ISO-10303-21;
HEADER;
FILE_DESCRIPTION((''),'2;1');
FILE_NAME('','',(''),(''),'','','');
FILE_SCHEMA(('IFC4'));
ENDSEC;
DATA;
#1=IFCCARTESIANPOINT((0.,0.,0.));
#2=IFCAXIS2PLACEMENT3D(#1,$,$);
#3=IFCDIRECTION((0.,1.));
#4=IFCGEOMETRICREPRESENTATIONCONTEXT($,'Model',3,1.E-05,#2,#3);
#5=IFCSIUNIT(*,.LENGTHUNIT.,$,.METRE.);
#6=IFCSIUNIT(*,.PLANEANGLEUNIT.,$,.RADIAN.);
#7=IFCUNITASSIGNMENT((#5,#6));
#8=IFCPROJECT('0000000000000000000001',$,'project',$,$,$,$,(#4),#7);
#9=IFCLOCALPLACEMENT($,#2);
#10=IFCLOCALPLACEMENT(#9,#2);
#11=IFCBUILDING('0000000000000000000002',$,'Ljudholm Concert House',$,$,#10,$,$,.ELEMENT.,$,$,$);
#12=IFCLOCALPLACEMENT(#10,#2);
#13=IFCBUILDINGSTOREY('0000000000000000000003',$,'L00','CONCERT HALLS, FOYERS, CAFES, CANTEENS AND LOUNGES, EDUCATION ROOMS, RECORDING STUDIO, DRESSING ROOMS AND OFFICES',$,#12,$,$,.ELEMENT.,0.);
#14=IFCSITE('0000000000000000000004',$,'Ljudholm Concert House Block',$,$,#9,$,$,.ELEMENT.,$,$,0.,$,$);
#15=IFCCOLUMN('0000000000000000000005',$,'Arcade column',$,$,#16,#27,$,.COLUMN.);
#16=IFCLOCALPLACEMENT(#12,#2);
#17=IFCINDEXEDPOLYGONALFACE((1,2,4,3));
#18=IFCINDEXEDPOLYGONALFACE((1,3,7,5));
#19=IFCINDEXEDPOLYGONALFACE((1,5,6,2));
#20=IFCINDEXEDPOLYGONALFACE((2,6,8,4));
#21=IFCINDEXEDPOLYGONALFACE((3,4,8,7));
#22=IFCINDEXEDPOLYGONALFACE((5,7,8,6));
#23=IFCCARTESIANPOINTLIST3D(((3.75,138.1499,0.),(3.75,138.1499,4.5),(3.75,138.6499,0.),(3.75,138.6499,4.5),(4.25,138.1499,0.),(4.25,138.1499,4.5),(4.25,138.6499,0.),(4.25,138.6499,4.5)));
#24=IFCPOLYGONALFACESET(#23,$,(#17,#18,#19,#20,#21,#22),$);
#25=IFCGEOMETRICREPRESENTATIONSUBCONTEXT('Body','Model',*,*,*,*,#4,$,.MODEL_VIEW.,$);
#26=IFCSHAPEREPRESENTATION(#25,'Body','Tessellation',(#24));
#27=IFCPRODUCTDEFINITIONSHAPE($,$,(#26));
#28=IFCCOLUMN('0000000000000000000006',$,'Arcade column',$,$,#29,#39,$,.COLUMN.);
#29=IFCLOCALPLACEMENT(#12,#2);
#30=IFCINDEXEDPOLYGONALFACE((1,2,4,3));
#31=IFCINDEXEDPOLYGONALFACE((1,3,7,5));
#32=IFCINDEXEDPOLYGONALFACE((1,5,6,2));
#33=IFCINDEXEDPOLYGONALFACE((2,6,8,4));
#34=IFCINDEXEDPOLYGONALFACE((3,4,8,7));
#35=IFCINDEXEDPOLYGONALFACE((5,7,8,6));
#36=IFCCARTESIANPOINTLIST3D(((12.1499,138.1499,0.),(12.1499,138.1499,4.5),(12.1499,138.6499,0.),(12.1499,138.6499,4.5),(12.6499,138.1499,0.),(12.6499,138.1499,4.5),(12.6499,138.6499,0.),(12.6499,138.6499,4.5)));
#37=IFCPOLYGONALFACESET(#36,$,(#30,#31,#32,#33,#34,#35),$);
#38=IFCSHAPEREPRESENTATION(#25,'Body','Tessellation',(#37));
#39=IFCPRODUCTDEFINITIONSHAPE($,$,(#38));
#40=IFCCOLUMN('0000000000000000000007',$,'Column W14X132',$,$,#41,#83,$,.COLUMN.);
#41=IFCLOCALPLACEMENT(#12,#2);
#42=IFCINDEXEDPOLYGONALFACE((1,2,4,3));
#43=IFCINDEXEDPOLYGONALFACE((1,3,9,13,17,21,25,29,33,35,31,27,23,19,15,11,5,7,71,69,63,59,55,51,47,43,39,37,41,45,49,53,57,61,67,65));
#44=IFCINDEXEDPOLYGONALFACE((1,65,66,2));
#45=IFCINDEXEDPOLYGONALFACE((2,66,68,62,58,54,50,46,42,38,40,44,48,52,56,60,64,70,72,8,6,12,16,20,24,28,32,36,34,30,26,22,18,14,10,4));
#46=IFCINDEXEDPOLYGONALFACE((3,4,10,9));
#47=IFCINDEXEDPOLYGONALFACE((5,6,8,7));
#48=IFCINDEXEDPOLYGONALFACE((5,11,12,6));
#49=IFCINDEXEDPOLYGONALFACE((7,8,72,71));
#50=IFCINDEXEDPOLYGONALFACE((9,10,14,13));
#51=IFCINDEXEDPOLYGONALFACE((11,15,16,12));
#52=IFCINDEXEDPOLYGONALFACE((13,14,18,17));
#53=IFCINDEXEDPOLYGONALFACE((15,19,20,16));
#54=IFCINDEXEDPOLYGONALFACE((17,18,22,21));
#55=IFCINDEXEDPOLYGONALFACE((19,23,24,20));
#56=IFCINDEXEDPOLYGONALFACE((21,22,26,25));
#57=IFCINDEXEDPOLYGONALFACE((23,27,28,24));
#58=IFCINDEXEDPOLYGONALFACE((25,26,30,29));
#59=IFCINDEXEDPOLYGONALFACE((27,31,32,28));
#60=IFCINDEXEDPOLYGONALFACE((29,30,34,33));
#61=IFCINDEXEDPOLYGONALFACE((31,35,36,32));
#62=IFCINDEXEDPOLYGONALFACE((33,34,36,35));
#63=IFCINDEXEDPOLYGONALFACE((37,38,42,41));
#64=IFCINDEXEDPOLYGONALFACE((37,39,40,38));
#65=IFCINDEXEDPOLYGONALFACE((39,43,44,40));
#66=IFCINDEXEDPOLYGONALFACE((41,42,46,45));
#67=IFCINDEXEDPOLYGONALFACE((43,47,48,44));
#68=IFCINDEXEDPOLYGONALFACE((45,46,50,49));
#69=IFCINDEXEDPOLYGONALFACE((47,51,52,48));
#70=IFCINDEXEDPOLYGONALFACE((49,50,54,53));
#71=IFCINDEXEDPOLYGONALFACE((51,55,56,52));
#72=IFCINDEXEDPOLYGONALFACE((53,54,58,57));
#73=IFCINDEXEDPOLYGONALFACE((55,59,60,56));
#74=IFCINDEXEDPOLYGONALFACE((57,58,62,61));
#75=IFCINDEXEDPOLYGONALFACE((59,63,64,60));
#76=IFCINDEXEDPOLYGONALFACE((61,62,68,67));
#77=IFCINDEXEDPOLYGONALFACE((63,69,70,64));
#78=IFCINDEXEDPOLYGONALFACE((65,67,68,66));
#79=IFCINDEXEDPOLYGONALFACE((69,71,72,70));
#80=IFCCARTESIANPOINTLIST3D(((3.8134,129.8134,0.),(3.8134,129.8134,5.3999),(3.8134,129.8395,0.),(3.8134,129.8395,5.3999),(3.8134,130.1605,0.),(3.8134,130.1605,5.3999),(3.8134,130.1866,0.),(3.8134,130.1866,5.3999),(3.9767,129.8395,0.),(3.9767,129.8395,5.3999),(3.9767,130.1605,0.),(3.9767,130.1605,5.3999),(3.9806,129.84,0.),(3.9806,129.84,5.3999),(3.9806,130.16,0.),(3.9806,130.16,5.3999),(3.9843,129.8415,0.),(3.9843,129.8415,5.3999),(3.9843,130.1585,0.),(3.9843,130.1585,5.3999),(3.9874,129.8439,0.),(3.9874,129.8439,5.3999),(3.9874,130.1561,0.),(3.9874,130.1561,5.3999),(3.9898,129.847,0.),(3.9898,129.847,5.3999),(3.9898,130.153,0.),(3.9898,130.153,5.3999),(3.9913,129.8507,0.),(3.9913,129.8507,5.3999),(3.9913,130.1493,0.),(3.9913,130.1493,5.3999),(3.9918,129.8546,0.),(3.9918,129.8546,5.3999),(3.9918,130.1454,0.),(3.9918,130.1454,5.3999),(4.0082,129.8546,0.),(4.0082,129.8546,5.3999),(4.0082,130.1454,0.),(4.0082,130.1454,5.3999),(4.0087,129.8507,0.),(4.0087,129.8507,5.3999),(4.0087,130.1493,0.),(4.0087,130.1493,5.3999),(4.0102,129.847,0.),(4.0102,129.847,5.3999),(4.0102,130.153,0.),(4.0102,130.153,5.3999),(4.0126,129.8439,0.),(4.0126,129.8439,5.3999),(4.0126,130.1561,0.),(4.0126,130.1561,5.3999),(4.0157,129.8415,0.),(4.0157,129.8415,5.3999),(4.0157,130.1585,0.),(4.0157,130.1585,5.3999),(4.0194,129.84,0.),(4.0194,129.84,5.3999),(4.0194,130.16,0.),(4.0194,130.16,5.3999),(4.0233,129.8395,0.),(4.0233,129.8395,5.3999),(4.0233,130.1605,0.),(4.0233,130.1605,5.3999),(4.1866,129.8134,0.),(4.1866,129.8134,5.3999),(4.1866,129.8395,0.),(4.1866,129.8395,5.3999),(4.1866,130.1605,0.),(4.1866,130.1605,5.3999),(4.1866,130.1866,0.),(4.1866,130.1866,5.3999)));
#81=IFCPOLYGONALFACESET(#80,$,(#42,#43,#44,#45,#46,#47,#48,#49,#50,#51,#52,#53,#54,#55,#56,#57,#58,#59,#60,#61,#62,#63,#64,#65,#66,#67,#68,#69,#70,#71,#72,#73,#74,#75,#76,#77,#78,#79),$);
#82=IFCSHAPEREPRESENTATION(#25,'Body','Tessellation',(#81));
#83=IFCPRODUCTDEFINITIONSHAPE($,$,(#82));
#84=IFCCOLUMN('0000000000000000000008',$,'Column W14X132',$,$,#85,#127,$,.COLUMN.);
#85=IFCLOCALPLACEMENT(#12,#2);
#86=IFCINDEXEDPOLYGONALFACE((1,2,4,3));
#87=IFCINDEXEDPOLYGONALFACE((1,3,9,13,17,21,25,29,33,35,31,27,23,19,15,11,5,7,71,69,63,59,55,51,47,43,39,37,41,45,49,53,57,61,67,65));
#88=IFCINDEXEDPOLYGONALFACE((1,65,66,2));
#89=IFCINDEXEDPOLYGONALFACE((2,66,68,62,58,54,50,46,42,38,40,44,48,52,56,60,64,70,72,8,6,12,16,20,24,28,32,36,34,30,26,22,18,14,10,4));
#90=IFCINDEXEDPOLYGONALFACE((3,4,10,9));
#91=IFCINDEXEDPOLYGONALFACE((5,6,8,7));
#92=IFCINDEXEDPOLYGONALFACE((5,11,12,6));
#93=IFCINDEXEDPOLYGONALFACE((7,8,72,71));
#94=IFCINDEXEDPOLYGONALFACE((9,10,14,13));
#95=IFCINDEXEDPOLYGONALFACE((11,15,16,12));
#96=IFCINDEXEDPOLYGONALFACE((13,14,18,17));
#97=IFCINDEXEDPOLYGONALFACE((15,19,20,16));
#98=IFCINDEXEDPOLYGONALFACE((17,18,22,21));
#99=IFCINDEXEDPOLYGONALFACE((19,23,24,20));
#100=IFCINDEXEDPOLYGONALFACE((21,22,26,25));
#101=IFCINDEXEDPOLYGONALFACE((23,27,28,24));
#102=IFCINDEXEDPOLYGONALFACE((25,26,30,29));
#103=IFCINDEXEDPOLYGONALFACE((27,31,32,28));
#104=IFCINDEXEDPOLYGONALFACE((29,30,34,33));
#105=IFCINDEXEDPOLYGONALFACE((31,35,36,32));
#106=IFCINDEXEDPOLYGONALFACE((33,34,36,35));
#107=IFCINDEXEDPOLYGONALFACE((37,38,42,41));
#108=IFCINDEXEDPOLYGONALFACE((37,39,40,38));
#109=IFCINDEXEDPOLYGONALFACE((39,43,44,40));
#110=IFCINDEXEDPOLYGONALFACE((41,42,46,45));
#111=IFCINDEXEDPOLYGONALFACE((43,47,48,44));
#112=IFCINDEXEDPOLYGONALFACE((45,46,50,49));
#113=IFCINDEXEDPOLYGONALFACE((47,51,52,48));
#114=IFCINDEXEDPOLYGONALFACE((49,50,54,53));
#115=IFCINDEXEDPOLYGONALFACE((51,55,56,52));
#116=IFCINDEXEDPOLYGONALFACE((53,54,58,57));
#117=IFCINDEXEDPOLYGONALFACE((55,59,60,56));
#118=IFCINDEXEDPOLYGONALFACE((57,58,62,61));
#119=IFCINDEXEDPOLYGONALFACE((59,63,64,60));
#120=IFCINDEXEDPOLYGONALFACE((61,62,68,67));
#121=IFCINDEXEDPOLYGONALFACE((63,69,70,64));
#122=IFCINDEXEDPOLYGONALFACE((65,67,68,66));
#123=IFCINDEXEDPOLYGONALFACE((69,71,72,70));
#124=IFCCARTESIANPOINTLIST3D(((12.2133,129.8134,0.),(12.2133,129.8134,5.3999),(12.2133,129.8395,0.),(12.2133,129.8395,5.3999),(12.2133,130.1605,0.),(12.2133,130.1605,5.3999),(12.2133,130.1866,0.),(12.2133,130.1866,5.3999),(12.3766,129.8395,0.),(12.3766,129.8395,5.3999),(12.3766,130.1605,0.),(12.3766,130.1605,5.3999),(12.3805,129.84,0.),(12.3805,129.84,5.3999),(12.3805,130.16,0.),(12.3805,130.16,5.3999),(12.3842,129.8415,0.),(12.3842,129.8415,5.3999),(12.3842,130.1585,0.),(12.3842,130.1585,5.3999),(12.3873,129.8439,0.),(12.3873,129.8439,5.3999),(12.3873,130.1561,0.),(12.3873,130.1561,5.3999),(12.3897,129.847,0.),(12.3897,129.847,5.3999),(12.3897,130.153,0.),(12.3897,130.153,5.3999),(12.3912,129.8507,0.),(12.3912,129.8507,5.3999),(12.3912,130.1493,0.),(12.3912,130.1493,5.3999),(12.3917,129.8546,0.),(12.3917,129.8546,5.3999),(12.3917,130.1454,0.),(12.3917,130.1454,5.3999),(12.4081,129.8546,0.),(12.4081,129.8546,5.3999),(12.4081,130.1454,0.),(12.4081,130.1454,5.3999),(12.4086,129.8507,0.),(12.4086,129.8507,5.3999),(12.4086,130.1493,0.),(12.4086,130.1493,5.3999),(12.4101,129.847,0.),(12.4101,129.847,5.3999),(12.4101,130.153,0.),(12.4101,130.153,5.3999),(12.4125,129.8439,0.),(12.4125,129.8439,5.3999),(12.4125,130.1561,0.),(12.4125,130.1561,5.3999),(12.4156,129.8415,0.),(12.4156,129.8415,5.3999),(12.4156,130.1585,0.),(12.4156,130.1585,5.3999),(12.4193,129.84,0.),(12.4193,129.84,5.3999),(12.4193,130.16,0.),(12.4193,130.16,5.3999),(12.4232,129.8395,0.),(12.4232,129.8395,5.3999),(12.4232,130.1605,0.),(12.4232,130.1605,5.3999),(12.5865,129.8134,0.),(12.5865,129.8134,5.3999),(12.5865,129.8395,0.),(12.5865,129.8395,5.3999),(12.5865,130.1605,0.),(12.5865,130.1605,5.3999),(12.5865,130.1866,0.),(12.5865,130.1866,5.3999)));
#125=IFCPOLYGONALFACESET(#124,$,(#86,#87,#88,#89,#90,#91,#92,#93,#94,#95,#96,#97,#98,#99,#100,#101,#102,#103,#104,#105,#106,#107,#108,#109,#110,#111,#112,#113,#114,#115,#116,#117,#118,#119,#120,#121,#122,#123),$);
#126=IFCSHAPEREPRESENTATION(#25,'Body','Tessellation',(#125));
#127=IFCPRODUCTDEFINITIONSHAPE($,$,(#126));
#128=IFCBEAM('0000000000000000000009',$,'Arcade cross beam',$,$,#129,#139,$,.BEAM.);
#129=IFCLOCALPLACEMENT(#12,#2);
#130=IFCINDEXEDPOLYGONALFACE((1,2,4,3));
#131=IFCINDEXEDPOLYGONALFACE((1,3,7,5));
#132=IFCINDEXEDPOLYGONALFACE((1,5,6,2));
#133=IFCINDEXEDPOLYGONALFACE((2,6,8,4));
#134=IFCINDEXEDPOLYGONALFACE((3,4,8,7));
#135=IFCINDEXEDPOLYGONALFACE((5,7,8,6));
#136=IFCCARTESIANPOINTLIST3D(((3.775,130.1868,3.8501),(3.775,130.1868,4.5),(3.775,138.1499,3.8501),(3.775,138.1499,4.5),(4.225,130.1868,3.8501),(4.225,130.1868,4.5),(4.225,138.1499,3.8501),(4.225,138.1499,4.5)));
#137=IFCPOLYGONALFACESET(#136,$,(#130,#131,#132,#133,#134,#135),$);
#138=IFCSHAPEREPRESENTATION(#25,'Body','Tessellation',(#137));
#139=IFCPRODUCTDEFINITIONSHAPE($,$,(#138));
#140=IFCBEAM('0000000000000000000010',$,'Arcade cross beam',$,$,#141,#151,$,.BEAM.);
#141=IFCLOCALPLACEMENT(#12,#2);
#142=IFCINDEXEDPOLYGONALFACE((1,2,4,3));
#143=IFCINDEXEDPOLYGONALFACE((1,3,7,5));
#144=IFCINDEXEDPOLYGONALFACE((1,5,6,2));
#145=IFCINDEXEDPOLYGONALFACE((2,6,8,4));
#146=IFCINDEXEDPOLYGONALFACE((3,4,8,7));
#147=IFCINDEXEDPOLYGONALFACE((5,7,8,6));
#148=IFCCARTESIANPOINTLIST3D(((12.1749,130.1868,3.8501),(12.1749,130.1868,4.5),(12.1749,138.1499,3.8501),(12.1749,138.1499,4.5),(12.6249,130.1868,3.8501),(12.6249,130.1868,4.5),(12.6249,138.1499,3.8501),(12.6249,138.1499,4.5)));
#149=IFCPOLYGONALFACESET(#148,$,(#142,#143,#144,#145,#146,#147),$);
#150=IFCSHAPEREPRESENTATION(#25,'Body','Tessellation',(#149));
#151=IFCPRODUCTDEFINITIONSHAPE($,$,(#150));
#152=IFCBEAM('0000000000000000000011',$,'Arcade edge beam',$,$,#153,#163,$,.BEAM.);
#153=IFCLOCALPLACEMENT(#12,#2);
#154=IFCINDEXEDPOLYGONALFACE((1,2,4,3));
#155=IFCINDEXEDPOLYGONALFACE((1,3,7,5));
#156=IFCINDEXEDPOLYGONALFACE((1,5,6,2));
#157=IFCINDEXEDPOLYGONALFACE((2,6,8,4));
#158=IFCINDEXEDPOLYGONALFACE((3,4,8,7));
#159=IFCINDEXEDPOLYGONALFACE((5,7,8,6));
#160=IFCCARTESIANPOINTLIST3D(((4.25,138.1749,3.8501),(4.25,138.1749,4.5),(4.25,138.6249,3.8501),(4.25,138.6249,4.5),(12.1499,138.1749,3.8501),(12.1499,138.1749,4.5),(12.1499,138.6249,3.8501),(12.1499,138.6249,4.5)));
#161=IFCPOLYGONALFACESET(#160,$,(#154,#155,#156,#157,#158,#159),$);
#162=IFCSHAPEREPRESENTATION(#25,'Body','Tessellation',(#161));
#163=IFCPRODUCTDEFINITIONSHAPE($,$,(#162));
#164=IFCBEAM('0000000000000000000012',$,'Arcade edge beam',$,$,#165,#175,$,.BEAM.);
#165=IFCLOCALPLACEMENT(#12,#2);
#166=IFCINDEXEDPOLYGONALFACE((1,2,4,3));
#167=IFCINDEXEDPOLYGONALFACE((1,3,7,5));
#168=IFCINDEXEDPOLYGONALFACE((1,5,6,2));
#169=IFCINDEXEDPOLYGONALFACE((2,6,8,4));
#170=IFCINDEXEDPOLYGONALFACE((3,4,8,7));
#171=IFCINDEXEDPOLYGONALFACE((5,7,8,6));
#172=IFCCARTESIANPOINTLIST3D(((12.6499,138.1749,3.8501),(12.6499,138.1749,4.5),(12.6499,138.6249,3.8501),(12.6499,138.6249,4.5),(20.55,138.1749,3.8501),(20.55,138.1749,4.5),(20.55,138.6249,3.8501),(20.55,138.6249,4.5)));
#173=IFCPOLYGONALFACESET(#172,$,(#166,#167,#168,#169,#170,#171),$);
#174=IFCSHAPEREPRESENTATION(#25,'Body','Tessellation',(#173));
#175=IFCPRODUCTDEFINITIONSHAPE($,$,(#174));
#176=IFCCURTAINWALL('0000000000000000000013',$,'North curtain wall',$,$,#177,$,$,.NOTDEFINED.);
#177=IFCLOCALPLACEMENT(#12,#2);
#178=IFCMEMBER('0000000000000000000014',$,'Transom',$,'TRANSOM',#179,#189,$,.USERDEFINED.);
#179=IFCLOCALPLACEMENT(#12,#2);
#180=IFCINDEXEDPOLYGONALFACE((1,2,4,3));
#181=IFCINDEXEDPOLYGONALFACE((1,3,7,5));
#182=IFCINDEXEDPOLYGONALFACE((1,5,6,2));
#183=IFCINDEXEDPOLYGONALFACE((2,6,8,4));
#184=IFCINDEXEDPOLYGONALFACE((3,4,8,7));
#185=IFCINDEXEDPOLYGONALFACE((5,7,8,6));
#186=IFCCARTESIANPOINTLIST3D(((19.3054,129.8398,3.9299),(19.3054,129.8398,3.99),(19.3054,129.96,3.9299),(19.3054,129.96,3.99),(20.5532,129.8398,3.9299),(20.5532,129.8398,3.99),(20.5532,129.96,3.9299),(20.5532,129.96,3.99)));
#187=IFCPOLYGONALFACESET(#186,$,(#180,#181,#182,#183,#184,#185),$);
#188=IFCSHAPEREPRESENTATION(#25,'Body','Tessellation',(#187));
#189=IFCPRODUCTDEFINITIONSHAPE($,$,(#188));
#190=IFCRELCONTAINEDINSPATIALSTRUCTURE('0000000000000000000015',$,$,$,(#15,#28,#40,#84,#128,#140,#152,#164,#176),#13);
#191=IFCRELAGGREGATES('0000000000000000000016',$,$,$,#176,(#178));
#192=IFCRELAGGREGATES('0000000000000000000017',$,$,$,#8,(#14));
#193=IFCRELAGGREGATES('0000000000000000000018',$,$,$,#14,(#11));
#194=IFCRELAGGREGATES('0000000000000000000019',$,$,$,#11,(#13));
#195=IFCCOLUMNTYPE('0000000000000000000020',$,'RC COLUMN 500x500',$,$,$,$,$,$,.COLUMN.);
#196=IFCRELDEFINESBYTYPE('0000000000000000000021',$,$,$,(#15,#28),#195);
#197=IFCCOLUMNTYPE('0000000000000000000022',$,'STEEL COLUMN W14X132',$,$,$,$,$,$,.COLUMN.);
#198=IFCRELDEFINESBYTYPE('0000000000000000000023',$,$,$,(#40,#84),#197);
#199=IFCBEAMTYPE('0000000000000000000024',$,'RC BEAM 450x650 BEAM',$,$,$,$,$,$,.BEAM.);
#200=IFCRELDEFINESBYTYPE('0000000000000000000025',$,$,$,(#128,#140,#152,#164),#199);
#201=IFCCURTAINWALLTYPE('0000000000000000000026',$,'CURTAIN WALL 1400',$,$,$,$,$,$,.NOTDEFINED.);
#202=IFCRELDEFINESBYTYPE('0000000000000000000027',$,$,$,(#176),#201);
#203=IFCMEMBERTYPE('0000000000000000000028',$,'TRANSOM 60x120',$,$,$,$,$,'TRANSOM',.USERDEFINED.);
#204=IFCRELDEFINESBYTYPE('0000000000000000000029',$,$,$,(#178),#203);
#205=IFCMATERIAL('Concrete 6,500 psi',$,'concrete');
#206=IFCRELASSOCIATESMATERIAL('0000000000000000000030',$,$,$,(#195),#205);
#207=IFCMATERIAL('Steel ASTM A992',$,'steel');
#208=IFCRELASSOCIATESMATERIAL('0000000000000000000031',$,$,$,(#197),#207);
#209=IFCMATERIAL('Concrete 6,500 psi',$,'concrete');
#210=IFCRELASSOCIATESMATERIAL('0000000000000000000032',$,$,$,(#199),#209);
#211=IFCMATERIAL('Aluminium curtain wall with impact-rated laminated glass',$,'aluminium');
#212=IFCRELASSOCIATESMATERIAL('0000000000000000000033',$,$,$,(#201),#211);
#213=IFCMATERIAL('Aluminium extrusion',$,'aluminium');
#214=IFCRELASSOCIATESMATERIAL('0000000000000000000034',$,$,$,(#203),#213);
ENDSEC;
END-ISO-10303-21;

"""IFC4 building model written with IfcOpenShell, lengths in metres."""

from ifc_helpers import new_model, si_unit, direction, frame, origin, origin_2d, place, context, subcontext, project, spatial, rectangle, i_section, extrude, material, material_profile, profile_set, type_object, element, aggregate, save


model = new_model("IFC4")

# Units and contexts
model_context = context("Model", 3, precision=1e-05, world=origin(), true_north=direction((0.0, 1.0)))
body_context = subcontext(model_context, "Body", "Model", "MODEL_VIEW")
ifc_project = project(units=[si_unit("LENGTHUNIT", "METRE"), si_unit("PLANEANGLEUNIT", "RADIAN")], contexts=[model_context])

# Site, building, storey
site_placement = place(None, origin())
site = spatial("IfcSite", under=ifc_project, at=site_placement, Name="Ljudholm Concert House Block", CompositionType="ELEMENT", RefElevation=0.0)
building_placement = place(site_placement, origin())
building = spatial("IfcBuilding", under=site, at=building_placement, Name="Ljudholm Concert House", CompositionType="ELEMENT")
storey_placement = place(building_placement, origin())
storey = spatial("IfcBuildingStorey", under=building, at=storey_placement, Name="L00", Description="CONCERT HALLS, FOYERS, CAFES, CANTEENS AND LOUNGES, EDUCATION ROOMS, RECORDING STUDIO, DRESSING ROOMS AND OFFICES", CompositionType="ELEMENT", Elevation=0.0)

# Columns
ifc_material_1 = material(Name="Concrete 6,500 psi", Category="concrete")
ifc_material_profile_1 = material_profile(ifc_material_1, rectangle(XDim=0.5, YDim=0.5, at=origin_2d()), Name="RC COLUMN 500x500")
ifc_profile_set_1 = profile_set([ifc_material_profile_1], Name="Concrete 6,500 psi")
column_type_1 = type_object("IfcColumnType", Name="RC COLUMN 500x500", PredefinedType="COLUMN", material=ifc_profile_set_1)
for number, where, z_axis, x_axis, name in (
    (1, (4.0, 138.3999, 0.0), (0.0, 0.0, 1.0), (1.0, 0.0, 0.0), "Arcade column"),
    (2, (12.3999, 138.3999, 0.0), (0.0, 0.0, 1.0), (1.0, 0.0, 0.0), "Arcade column"),
):
    element("IfcColumn", number, at=place(storey_placement, frame(where, z_axis=z_axis, x_axis=x_axis)), inside=storey, type_object=column_type_1, Name=name, PredefinedType="COLUMN", context=body_context, shape_type="SweptSolid", body=[
        extrude(rectangle(XDim=0.5, YDim=0.5, at=origin_2d()), origin(), (0.0, 0.0, 1.0), 4.5),
    ])
ifc_material_2 = material(Name="Steel ASTM A992", Category="steel")
ifc_material_profile_2 = material_profile(ifc_material_2, i_section(OverallWidth=0.3733, OverallDepth=0.3733, WebThickness=0.0164, FlangeThickness=0.0261, FilletRadius=0.0151, at=origin_2d()), Name="W14X132")
ifc_profile_set_2 = profile_set([ifc_material_profile_2], Name="Steel ASTM A992")
column_type_2 = type_object("IfcColumnType", Name="STEEL COLUMN W14X132", PredefinedType="COLUMN", material=ifc_profile_set_2)
for number, where, z_axis, x_axis, name in (
    (3, (4.0, 130.0, 0.0), (0.0, 0.0, 1.0), (1.0, 0.0, 0.0), "Column W14X132"),
    (4, (12.3999, 130.0, 0.0), (0.0, 0.0, 1.0), (1.0, 0.0, 0.0), "Column W14X132"),
):
    element("IfcColumn", number, at=place(storey_placement, frame(where, z_axis=z_axis, x_axis=x_axis)), inside=storey, type_object=column_type_2, Name=name, PredefinedType="COLUMN", context=body_context, shape_type="SweptSolid", body=[
        extrude(i_section(OverallWidth=0.3733, OverallDepth=0.3733, WebThickness=0.0164, FlangeThickness=0.0261, FilletRadius=0.0151, at=origin_2d()), origin(), (0.0, 0.0, 1.0), 5.3999),
    ])

# Beams
ifc_material_3 = material(Name="Concrete 6,500 psi", Category="concrete")
ifc_material_profile_3 = material_profile(ifc_material_3, rectangle(XDim=0.45, YDim=0.6499, at=origin_2d()), Name="RC BEAM 450x650 BEAM")
ifc_profile_set_3 = profile_set([ifc_material_profile_3], Name="Concrete 6,500 psi")
beam_type = type_object("IfcBeamType", Name="RC BEAM 450x650 BEAM", PredefinedType="BEAM", material=ifc_profile_set_3)
for number, where, z_axis, x_axis, name in (
    (5, (4.0, 138.1499, 4.175), (0.0, -1.0, 0.0), (1.0, 0.0, 0.0), "Arcade cross beam"),
    (6, (12.3999, 138.1499, 4.175), (0.0, -1.0, 0.0), (1.0, 0.0, 0.0), "Arcade cross beam"),
):
    element("IfcBeam", number, at=place(storey_placement, frame(where, z_axis=z_axis, x_axis=x_axis)), inside=storey, type_object=beam_type, Name=name, PredefinedType="BEAM", context=body_context, shape_type="SweptSolid", body=[
        extrude(rectangle(XDim=0.45, YDim=0.6499, at=origin_2d()), origin(), (0.0, 0.0, 1.0), 7.9631),
    ])
beam_1_placement = place(storey_placement, frame((4.25, 138.3999, 4.175), z_axis=(1.0, 0.0, 0.0), x_axis=(0.0, 1.0, 0.0)))
element("IfcBeam", 7, at=beam_1_placement, inside=storey, type_object=beam_type, Name="Arcade edge beam", PredefinedType="BEAM", context=body_context, shape_type="SweptSolid", body=[
    extrude(rectangle(XDim=0.45, YDim=0.6499, at=origin_2d()), origin(), (0.0, 0.0, 1.0), 7.8999),
])
beam_2_placement = place(storey_placement, frame((12.6499, 138.3999, 4.175), z_axis=(1.0, 0.0, 0.0), x_axis=(0.0, 1.0, 0.0)))
element("IfcBeam", 8, at=beam_2_placement, inside=storey, type_object=beam_type, Name="Arcade edge beam", PredefinedType="BEAM", context=body_context, shape_type="SweptSolid", body=[
    extrude(rectangle(XDim=0.45, YDim=0.6499, at=origin_2d()), origin(), (0.0, 0.0, 1.0), 7.9001),
])

# Curtain wall, member
ifc_material_4 = material(Name="Aluminium curtain wall with impact-rated laminated glass", Category="aluminium")
curtain_wall_type = type_object("IfcCurtainWallType", Name="CURTAIN WALL 1400", PredefinedType="NOTDEFINED", material=ifc_material_4)
curtain_wall_placement = place(storey_placement, origin())
curtain_wall = element("IfcCurtainWall", 9, at=curtain_wall_placement, inside=storey, type_object=curtain_wall_type, Name="North curtain wall", PredefinedType="NOTDEFINED")
ifc_material_5 = material(Name="Aluminium extrusion", Category="aluminium")
ifc_material_profile_4 = material_profile(ifc_material_5, rectangle(XDim=0.1201, YDim=0.0601, at=origin_2d()), Name="TRANSOM 60x120")
ifc_profile_set_4 = profile_set([ifc_material_profile_4], Name="Aluminium extrusion")
member_type = type_object("IfcMemberType", Name="TRANSOM 60x120", ElementType="TRANSOM", PredefinedType="USERDEFINED", material=ifc_profile_set_4)
member_1_placement = place(storey_placement, frame((19.3054, 129.8999, 3.96), z_axis=(1.0, 0.0, 0.0), x_axis=(0.0, 1.0, 0.0)))
member_1 = element("IfcMember", 10, at=member_1_placement, type_object=member_type, Name="Transom", ObjectType="TRANSOM", PredefinedType="USERDEFINED", context=body_context, shape_type="SweptSolid", body=[
    extrude(rectangle(XDim=0.1201, YDim=0.0601, at=origin_2d()), origin(), (0.0, 0.0, 1.0), 1.2478),
])
aggregate(curtain_wall, [member_1])

save(model, "model.ifc")
